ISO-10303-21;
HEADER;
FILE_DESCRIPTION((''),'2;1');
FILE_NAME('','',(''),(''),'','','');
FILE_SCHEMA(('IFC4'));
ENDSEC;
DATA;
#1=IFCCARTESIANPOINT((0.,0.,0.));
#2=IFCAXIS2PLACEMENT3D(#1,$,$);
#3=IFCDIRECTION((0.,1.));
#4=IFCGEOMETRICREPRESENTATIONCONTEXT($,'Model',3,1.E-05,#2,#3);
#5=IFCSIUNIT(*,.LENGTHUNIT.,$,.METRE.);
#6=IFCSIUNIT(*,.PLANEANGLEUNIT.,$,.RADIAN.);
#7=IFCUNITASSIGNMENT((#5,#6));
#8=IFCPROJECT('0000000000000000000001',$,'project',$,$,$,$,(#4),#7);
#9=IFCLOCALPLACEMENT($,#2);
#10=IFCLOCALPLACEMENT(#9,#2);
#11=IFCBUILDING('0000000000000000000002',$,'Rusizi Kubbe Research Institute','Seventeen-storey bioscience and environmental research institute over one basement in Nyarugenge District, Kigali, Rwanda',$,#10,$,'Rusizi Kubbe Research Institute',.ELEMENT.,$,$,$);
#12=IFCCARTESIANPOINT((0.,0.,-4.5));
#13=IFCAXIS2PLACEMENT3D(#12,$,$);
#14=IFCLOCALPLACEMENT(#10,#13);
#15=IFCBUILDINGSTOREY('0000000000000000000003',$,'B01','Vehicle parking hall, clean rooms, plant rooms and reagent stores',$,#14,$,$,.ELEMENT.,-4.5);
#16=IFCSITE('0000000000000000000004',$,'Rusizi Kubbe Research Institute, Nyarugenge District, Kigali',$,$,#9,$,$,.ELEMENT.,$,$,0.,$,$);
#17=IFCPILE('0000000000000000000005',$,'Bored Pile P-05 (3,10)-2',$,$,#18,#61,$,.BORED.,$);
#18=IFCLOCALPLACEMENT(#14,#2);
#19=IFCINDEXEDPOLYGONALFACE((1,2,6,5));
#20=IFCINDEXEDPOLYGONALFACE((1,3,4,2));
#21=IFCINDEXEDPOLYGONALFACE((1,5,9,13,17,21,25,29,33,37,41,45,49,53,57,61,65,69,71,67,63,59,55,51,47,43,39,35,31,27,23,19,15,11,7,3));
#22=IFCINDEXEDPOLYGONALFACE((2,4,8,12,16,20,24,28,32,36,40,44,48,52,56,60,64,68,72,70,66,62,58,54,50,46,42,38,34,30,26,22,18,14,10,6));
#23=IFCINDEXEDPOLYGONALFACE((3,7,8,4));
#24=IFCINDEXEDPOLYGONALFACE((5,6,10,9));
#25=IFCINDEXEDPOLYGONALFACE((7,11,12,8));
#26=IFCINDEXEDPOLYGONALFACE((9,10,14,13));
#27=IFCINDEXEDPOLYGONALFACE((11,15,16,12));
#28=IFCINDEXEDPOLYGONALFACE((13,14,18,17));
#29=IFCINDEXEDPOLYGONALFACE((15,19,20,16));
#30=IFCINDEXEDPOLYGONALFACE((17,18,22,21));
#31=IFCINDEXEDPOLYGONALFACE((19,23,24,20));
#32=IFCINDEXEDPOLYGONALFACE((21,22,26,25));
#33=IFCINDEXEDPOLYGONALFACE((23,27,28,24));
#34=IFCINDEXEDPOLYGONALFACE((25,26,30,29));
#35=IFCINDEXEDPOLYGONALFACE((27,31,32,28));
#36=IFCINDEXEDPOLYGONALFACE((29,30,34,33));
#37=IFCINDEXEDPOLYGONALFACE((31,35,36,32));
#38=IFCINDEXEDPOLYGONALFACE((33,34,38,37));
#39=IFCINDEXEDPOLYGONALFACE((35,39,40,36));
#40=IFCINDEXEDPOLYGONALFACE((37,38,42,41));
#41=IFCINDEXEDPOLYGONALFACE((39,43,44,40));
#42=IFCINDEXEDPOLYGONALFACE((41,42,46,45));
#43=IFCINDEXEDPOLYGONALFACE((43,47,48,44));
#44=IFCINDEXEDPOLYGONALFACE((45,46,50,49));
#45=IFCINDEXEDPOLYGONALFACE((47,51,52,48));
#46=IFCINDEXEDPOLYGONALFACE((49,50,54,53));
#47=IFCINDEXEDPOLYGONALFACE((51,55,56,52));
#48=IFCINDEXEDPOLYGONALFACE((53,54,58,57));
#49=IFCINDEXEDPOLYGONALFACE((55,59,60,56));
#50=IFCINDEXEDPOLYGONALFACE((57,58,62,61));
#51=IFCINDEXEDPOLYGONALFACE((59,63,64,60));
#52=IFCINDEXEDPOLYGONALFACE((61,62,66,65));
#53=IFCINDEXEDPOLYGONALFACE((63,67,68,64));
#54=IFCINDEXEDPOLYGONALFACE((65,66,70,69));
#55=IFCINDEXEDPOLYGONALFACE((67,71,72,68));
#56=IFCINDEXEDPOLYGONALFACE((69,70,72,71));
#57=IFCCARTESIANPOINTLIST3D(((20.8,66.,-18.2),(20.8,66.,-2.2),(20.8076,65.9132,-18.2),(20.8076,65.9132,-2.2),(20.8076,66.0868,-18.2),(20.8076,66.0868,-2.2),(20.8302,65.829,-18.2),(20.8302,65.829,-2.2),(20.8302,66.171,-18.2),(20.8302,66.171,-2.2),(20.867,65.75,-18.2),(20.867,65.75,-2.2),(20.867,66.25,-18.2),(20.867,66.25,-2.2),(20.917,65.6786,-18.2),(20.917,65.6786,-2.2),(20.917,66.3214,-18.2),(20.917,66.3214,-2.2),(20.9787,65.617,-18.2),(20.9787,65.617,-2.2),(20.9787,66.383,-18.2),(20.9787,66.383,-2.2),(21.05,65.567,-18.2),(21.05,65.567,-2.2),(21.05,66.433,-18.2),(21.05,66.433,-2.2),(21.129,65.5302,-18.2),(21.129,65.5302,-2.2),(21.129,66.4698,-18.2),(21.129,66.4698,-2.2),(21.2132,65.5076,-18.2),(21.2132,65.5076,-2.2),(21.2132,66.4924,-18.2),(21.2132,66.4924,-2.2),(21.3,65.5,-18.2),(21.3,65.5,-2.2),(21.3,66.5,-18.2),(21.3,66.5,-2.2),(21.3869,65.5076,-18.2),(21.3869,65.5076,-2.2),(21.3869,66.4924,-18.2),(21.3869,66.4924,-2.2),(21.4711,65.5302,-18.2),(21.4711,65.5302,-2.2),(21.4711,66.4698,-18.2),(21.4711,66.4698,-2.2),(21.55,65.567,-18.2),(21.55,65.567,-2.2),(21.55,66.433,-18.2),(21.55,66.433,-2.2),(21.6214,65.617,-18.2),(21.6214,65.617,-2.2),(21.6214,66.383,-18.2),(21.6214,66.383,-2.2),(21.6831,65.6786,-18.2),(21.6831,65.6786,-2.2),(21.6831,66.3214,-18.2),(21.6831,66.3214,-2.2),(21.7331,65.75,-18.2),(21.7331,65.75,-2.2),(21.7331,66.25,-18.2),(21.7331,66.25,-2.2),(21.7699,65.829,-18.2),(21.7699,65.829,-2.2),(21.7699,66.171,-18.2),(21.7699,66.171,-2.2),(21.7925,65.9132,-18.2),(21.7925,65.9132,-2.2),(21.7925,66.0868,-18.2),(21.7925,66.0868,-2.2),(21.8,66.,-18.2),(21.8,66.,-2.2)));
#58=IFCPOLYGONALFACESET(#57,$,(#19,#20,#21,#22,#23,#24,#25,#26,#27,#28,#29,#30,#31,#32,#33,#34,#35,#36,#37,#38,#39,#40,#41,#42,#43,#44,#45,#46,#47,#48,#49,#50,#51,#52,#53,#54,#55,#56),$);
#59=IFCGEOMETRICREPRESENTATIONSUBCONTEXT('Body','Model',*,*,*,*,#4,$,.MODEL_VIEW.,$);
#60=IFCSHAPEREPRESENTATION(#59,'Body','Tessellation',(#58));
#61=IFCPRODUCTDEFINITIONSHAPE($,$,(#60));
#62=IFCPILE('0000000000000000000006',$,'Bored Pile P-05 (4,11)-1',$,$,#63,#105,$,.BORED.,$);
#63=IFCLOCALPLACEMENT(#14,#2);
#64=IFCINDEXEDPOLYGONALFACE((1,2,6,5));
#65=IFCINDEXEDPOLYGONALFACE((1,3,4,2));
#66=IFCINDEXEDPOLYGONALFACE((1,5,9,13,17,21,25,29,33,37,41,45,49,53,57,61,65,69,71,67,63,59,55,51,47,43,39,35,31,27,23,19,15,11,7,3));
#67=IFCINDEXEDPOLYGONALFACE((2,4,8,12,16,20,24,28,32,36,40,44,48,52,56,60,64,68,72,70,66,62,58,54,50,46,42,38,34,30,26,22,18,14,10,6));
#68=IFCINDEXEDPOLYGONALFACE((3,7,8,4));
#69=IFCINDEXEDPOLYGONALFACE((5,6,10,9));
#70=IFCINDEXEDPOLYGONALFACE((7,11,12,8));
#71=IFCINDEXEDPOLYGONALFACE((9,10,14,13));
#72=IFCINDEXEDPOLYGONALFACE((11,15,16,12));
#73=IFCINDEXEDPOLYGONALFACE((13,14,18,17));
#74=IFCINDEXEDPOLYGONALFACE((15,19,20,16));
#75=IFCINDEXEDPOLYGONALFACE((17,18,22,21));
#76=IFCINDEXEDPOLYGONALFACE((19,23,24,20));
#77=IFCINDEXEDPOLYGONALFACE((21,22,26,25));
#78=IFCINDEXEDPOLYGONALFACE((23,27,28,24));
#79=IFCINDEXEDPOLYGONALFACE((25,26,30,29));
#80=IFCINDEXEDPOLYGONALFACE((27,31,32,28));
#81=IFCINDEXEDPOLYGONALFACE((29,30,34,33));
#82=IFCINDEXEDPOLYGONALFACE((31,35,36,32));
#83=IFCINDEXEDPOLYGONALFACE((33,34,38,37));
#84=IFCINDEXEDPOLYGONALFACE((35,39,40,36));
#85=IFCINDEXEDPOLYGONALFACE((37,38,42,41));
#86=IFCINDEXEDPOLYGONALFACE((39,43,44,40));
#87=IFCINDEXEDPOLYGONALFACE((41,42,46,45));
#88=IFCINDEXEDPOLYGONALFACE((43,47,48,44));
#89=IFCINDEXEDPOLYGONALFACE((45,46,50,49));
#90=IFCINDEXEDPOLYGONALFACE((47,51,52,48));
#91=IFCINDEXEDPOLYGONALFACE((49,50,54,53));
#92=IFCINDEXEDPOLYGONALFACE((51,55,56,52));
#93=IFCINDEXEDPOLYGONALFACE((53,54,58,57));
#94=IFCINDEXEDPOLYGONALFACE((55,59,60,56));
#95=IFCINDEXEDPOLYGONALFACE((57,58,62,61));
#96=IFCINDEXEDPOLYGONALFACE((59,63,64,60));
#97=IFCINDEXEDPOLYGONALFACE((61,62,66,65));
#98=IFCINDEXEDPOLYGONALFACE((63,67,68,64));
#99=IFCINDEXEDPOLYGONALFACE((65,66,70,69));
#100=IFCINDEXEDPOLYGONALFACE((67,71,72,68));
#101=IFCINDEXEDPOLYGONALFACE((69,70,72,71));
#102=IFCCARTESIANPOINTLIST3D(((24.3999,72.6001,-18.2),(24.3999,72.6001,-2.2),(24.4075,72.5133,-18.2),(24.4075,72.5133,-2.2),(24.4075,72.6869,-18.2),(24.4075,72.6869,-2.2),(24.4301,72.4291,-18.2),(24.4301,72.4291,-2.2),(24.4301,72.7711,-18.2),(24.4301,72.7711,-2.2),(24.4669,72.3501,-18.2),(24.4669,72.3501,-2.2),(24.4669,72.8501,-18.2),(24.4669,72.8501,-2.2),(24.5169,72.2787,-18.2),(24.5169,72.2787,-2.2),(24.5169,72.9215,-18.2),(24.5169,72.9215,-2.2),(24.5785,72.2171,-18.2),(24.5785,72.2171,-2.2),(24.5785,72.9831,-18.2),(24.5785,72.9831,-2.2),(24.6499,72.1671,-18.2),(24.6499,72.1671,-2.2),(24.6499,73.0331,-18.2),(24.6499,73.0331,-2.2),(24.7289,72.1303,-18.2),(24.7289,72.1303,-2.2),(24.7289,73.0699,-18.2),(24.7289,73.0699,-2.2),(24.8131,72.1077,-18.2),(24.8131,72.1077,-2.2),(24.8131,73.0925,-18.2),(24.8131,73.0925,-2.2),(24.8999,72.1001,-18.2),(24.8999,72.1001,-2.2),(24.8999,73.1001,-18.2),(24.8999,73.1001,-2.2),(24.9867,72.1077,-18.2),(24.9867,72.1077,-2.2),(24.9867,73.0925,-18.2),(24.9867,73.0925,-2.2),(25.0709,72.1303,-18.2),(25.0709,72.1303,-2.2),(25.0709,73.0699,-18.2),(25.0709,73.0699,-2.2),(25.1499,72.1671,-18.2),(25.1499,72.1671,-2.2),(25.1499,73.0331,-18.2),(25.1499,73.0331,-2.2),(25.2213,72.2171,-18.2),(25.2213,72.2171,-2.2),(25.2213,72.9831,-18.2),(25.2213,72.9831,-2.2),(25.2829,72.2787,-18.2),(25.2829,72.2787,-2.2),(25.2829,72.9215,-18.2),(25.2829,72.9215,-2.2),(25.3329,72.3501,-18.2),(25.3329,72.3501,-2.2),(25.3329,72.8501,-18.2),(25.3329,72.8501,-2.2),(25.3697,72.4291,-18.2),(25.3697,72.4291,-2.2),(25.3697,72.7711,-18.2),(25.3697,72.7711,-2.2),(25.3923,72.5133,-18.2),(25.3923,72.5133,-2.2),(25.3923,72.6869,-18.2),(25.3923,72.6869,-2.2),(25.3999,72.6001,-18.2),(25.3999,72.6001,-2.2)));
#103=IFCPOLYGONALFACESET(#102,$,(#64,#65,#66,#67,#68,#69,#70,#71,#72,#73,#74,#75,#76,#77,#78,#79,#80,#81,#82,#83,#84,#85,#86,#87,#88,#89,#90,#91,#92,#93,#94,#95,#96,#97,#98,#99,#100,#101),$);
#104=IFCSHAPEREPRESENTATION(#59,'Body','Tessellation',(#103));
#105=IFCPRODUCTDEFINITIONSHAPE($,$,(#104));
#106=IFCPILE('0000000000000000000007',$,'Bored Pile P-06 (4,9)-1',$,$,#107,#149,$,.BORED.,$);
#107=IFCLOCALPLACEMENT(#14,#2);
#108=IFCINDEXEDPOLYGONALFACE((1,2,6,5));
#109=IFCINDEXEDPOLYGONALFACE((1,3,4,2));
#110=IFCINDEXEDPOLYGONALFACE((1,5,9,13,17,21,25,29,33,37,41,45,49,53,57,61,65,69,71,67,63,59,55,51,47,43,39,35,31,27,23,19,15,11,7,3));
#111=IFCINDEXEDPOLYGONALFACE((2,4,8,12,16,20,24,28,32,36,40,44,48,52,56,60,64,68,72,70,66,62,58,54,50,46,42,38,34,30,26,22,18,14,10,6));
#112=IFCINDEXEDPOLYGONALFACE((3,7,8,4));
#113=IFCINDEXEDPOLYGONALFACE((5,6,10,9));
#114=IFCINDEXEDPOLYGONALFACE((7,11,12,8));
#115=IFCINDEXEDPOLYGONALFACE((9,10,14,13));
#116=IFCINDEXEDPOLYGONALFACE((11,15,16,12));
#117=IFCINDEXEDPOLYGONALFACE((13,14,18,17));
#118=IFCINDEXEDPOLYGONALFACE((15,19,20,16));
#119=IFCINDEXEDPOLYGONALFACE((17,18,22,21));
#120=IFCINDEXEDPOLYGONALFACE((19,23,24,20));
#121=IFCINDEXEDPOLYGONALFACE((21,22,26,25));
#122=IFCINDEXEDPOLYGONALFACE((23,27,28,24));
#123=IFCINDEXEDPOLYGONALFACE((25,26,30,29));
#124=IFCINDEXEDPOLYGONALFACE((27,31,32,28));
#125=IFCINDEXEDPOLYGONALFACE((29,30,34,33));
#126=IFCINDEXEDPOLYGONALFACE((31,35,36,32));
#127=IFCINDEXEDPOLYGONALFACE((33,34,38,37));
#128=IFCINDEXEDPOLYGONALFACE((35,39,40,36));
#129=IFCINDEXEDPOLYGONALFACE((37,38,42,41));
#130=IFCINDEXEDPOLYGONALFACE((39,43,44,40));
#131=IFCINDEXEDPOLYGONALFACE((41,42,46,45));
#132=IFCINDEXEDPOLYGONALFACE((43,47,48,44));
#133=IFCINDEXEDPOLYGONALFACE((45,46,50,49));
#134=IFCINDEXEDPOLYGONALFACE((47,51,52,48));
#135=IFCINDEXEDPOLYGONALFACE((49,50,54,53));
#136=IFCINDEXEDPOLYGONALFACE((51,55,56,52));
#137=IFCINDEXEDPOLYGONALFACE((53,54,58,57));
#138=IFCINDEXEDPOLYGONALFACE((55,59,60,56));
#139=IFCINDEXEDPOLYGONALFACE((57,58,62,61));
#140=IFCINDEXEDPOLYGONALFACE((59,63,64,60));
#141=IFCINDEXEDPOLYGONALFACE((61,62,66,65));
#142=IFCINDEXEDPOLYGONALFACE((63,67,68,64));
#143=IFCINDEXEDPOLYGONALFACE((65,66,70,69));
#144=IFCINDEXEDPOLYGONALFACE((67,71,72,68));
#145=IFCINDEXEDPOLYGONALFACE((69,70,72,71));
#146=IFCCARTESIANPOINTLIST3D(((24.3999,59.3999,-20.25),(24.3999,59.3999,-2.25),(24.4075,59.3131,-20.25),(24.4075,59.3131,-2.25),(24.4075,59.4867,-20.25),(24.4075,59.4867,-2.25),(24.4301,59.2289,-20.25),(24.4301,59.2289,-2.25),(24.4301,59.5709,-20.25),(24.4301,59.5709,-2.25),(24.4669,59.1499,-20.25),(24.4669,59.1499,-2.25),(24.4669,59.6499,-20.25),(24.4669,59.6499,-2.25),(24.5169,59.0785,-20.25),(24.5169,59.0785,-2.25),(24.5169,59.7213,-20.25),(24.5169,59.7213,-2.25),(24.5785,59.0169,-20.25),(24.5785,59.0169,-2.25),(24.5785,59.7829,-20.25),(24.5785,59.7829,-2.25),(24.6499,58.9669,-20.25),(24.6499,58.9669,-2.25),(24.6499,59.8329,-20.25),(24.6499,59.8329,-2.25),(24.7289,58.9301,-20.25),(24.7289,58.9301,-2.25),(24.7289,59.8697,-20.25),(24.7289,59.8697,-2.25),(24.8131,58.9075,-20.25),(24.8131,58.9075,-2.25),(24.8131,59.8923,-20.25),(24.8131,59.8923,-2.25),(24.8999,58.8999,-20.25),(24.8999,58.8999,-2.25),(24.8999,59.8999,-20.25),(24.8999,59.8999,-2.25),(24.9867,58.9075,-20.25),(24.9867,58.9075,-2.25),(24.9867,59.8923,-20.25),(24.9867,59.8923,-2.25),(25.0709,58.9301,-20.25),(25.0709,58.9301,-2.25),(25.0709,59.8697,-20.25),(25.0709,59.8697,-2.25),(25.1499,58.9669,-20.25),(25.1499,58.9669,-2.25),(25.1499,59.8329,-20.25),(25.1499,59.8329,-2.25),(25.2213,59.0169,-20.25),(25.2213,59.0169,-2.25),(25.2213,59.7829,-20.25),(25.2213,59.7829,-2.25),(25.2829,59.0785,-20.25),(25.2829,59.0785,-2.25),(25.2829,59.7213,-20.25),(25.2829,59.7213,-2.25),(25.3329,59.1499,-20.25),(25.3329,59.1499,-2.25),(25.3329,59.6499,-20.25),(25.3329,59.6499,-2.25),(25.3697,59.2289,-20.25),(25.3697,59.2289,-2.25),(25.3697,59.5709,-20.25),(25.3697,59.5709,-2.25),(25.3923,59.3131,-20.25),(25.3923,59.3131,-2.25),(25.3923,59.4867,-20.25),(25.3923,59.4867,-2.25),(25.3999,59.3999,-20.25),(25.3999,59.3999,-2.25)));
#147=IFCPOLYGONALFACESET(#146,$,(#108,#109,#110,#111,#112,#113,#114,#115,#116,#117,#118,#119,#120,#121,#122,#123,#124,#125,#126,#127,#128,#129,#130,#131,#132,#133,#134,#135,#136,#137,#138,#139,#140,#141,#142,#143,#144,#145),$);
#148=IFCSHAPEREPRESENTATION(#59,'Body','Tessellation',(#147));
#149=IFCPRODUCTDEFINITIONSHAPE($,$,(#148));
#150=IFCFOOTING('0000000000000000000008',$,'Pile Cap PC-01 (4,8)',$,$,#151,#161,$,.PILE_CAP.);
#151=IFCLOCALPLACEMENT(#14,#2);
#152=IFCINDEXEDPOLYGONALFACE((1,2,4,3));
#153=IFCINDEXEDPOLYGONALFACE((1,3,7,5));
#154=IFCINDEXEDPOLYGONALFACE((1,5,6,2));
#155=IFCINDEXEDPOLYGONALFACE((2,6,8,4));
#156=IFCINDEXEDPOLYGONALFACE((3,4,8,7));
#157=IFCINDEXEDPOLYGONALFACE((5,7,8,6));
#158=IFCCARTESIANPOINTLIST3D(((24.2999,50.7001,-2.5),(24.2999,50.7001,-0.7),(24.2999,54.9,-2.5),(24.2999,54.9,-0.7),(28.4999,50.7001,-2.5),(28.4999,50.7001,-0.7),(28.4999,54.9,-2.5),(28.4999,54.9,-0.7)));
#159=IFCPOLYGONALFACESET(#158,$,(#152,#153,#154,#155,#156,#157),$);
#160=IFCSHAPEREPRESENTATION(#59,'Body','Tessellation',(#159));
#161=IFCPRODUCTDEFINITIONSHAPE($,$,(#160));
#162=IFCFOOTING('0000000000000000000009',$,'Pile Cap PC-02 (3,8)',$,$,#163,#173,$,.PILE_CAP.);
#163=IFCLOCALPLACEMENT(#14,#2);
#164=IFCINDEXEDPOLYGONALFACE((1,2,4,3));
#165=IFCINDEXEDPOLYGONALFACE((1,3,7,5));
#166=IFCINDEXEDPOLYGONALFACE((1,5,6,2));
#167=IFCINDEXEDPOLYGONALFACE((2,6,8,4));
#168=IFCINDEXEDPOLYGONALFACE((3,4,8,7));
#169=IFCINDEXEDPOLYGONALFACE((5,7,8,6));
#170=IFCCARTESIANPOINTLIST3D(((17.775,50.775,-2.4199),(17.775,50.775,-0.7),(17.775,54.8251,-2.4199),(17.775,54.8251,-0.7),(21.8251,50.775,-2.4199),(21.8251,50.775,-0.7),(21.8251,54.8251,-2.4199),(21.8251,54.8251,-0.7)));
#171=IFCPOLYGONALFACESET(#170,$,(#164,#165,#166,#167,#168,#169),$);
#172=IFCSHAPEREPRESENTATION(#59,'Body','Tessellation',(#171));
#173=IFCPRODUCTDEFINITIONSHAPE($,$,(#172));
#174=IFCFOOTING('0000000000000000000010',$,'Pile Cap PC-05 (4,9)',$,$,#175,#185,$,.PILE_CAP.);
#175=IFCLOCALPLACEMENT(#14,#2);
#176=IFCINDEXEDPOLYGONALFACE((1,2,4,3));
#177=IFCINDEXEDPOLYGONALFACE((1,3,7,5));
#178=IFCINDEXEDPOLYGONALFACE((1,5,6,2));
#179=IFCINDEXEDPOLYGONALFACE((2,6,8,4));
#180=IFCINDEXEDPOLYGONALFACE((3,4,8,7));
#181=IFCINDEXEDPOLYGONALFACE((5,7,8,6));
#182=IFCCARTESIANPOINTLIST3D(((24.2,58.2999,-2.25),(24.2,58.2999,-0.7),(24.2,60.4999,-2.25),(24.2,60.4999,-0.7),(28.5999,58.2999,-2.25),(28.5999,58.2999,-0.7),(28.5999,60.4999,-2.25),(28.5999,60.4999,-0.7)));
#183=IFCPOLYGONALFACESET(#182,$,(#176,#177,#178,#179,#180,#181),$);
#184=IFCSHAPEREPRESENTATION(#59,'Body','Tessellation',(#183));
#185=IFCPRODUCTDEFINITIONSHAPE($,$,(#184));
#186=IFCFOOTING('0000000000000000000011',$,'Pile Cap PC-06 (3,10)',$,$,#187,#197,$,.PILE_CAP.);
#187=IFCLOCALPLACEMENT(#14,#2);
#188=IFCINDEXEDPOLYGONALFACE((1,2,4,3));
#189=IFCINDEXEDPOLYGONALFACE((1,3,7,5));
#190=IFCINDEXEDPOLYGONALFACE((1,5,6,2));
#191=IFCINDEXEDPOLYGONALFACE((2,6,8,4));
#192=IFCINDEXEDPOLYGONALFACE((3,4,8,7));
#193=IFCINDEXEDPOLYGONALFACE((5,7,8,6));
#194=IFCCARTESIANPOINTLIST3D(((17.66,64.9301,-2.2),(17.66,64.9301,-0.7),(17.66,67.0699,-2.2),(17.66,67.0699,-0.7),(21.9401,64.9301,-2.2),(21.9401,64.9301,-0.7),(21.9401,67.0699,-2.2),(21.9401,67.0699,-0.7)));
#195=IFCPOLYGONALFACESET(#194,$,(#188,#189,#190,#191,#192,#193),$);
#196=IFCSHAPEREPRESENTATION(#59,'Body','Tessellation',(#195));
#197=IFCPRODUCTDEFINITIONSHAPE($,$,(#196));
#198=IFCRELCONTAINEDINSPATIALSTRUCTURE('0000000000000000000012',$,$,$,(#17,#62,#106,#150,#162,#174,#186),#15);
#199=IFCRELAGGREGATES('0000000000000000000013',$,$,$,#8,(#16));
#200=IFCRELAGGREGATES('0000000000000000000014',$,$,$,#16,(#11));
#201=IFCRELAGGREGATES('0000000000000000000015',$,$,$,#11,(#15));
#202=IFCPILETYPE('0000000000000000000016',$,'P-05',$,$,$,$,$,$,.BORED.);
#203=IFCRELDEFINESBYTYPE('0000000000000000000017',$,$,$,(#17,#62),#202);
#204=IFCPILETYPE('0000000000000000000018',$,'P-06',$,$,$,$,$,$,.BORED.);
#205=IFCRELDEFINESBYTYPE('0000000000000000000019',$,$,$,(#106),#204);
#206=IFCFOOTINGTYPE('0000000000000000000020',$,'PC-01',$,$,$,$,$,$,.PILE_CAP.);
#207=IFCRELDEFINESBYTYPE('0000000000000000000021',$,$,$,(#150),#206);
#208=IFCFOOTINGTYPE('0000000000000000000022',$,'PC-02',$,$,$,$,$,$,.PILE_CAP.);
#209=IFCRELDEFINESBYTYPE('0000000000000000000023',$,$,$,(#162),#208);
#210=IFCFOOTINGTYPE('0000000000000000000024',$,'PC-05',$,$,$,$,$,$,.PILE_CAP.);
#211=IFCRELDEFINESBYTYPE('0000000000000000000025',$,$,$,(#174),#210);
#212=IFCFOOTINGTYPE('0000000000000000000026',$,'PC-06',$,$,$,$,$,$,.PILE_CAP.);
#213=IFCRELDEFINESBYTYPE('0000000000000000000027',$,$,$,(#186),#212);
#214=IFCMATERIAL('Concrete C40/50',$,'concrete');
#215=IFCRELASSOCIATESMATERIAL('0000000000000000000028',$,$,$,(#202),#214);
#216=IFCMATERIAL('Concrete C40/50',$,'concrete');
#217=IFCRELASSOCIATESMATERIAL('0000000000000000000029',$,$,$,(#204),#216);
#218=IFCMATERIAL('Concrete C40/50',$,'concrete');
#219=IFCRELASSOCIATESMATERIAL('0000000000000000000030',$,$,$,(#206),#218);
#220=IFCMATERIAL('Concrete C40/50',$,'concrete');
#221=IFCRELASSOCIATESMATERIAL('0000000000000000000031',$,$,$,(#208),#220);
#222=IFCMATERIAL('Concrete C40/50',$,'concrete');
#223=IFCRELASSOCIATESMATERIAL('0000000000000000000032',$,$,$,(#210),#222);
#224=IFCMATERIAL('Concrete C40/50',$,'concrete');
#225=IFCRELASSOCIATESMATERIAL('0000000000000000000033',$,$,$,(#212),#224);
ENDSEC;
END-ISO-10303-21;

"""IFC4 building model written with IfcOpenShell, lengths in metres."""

from ifc_helpers import new_model, si_unit, direction, frame, origin, origin_2d, place, context, subcontext, project, spatial, rectangle, circle, extrude, material, material_profile, profile_set, type_object, element, save


model = new_model("IFC4")

# Units and contexts
model_context = context("Model", 3, precision=1e-05, world=origin(), true_north=direction((0.0, 1.0)))
body_context = subcontext(model_context, "Body", "Model", "MODEL_VIEW")
ifc_project = project(units=[si_unit("LENGTHUNIT", "METRE"), si_unit("PLANEANGLEUNIT", "RADIAN")], contexts=[model_context])

# Site, building, storey
site_placement = place(None, origin())
site = spatial("IfcSite", under=ifc_project, at=site_placement, Name="Rusizi Kubbe Research Institute, Nyarugenge District, Kigali", CompositionType="ELEMENT", RefElevation=0.0)
building_placement = place(site_placement, origin())
building = spatial("IfcBuilding", under=site, at=building_placement, Name="Rusizi Kubbe Research Institute", Description="Seventeen-storey bioscience and environmental research institute over one basement in Nyarugenge District, Kigali, Rwanda", LongName="Rusizi Kubbe Research Institute", CompositionType="ELEMENT")
storey_placement = place(building_placement, frame((0.0, 0.0, -4.5)))
storey = spatial("IfcBuildingStorey", under=building, at=storey_placement, Name="B01", Description="Vehicle parking hall, clean rooms, plant rooms and reagent stores", CompositionType="ELEMENT", Elevation=-4.5)

# Piles
ifc_material_1 = material(Name="Concrete C40/50", Category="concrete")
ifc_material_profile_1 = material_profile(ifc_material_1, circle(Radius=0.5, at=origin_2d()), Name="PILE-D1000")
ifc_profile_set_1 = profile_set([ifc_material_profile_1], Name="Concrete C40/50")
pile_type_1 = type_object("IfcPileType", Name="P-05", PredefinedType="BORED", material=ifc_profile_set_1)
for number, where, z_axis, x_axis, name in (
    (1, (21.3, 66.0, -2.2), (0.0, 0.0, -1.0), (1.0, 0.0, 0.0), "Bored Pile P-05 (3,10)-2"),
    (2, (24.8999, 72.6001, -2.2), (0.0, 0.0, -1.0), (1.0, 0.0, 0.0), "Bored Pile P-05 (4,11)-1"),
):
    element("IfcPile", number, at=place(storey_placement, frame(where, z_axis=z_axis, x_axis=x_axis)), inside=storey, type_object=pile_type_1, Name=name, PredefinedType="BORED", context=body_context, shape_type="SweptSolid", body=[
        extrude(circle(Radius=0.5, at=origin_2d()), origin(), (0.0, 0.0, 1.0), 16.0),
    ])
ifc_material_2 = material(Name="Concrete C40/50", Category="concrete")
ifc_material_profile_2 = material_profile(ifc_material_2, circle(Radius=0.5, at=origin_2d()), Name="PILE-D1000")
ifc_profile_set_2 = profile_set([ifc_material_profile_2], Name="Concrete C40/50")
pile_type_2 = type_object("IfcPileType", Name="P-06", PredefinedType="BORED", material=ifc_profile_set_2)
pile_placement = place(storey_placement, frame((24.8999, 59.3999, -2.25), z_axis=(0.0, 0.0, -1.0), x_axis=(1.0, 0.0, 0.0)))
element("IfcPile", 3, at=pile_placement, inside=storey, type_object=pile_type_2, Name="Bored Pile P-06 (4,9)-1", PredefinedType="BORED", context=body_context, shape_type="SweptSolid", body=[
    extrude(circle(Radius=0.5, at=origin_2d()), origin(), (0.0, 0.0, 1.0), 18.0),
])

# Footings
ifc_material_3 = material(Name="Concrete C40/50", Category="concrete")
footing_type_1 = type_object("IfcFootingType", Name="PC-01", PredefinedType="PILE_CAP", material=ifc_material_3)
footing_1_placement = place(storey_placement, frame((26.3999, 52.8, -2.5), z_axis=(0.0, 0.0, 1.0), x_axis=(1.0, 0.0, 0.0)))
element("IfcFooting", 4, at=footing_1_placement, inside=storey, type_object=footing_type_1, Name="Pile Cap PC-01 (4,8)", PredefinedType="PILE_CAP", context=body_context, shape_type="SweptSolid", body=[
    extrude(rectangle(XDim=4.2, YDim=4.2, at=origin_2d()), origin(), (0.0, 0.0, 1.0), 1.8),
])
ifc_material_4 = material(Name="Concrete C40/50", Category="concrete")
footing_type_2 = type_object("IfcFootingType", Name="PC-02", PredefinedType="PILE_CAP", material=ifc_material_4)
footing_2_placement = place(storey_placement, frame((19.8, 52.8, -2.4199), z_axis=(0.0, 0.0, 1.0), x_axis=(1.0, 0.0, 0.0)))
element("IfcFooting", 5, at=footing_2_placement, inside=storey, type_object=footing_type_2, Name="Pile Cap PC-02 (3,8)", PredefinedType="PILE_CAP", context=body_context, shape_type="SweptSolid", body=[
    extrude(rectangle(XDim=4.05, YDim=4.05, at=origin_2d()), origin(), (0.0, 0.0, 1.0), 1.72),
])
ifc_material_5 = material(Name="Concrete C40/50", Category="concrete")
footing_type_3 = type_object("IfcFootingType", Name="PC-05", PredefinedType="PILE_CAP", material=ifc_material_5)
footing_3_placement = place(storey_placement, frame((26.3999, 59.3999, -2.25), z_axis=(0.0, 0.0, 1.0), x_axis=(1.0, 0.0, 0.0)))
element("IfcFooting", 6, at=footing_3_placement, inside=storey, type_object=footing_type_3, Name="Pile Cap PC-05 (4,9)", PredefinedType="PILE_CAP", context=body_context, shape_type="SweptSolid", body=[
    extrude(rectangle(XDim=4.3999, YDim=2.2, at=origin_2d()), origin(), (0.0, 0.0, 1.0), 1.55),
])
ifc_material_6 = material(Name="Concrete C40/50", Category="concrete")
footing_type_4 = type_object("IfcFootingType", Name="PC-06", PredefinedType="PILE_CAP", material=ifc_material_6)
footing_4_placement = place(storey_placement, frame((19.8, 66.0, -2.2), z_axis=(0.0, 0.0, 1.0), x_axis=(1.0, 0.0, 0.0)))
element("IfcFooting", 7, at=footing_4_placement, inside=storey, type_object=footing_type_4, Name="Pile Cap PC-06 (3,10)", PredefinedType="PILE_CAP", context=body_context, shape_type="SweptSolid", body=[
    extrude(rectangle(XDim=4.28, YDim=2.1399, at=origin_2d()), origin(), (0.0, 0.0, 1.0), 1.5),
])

save(model, "model.ifc")
